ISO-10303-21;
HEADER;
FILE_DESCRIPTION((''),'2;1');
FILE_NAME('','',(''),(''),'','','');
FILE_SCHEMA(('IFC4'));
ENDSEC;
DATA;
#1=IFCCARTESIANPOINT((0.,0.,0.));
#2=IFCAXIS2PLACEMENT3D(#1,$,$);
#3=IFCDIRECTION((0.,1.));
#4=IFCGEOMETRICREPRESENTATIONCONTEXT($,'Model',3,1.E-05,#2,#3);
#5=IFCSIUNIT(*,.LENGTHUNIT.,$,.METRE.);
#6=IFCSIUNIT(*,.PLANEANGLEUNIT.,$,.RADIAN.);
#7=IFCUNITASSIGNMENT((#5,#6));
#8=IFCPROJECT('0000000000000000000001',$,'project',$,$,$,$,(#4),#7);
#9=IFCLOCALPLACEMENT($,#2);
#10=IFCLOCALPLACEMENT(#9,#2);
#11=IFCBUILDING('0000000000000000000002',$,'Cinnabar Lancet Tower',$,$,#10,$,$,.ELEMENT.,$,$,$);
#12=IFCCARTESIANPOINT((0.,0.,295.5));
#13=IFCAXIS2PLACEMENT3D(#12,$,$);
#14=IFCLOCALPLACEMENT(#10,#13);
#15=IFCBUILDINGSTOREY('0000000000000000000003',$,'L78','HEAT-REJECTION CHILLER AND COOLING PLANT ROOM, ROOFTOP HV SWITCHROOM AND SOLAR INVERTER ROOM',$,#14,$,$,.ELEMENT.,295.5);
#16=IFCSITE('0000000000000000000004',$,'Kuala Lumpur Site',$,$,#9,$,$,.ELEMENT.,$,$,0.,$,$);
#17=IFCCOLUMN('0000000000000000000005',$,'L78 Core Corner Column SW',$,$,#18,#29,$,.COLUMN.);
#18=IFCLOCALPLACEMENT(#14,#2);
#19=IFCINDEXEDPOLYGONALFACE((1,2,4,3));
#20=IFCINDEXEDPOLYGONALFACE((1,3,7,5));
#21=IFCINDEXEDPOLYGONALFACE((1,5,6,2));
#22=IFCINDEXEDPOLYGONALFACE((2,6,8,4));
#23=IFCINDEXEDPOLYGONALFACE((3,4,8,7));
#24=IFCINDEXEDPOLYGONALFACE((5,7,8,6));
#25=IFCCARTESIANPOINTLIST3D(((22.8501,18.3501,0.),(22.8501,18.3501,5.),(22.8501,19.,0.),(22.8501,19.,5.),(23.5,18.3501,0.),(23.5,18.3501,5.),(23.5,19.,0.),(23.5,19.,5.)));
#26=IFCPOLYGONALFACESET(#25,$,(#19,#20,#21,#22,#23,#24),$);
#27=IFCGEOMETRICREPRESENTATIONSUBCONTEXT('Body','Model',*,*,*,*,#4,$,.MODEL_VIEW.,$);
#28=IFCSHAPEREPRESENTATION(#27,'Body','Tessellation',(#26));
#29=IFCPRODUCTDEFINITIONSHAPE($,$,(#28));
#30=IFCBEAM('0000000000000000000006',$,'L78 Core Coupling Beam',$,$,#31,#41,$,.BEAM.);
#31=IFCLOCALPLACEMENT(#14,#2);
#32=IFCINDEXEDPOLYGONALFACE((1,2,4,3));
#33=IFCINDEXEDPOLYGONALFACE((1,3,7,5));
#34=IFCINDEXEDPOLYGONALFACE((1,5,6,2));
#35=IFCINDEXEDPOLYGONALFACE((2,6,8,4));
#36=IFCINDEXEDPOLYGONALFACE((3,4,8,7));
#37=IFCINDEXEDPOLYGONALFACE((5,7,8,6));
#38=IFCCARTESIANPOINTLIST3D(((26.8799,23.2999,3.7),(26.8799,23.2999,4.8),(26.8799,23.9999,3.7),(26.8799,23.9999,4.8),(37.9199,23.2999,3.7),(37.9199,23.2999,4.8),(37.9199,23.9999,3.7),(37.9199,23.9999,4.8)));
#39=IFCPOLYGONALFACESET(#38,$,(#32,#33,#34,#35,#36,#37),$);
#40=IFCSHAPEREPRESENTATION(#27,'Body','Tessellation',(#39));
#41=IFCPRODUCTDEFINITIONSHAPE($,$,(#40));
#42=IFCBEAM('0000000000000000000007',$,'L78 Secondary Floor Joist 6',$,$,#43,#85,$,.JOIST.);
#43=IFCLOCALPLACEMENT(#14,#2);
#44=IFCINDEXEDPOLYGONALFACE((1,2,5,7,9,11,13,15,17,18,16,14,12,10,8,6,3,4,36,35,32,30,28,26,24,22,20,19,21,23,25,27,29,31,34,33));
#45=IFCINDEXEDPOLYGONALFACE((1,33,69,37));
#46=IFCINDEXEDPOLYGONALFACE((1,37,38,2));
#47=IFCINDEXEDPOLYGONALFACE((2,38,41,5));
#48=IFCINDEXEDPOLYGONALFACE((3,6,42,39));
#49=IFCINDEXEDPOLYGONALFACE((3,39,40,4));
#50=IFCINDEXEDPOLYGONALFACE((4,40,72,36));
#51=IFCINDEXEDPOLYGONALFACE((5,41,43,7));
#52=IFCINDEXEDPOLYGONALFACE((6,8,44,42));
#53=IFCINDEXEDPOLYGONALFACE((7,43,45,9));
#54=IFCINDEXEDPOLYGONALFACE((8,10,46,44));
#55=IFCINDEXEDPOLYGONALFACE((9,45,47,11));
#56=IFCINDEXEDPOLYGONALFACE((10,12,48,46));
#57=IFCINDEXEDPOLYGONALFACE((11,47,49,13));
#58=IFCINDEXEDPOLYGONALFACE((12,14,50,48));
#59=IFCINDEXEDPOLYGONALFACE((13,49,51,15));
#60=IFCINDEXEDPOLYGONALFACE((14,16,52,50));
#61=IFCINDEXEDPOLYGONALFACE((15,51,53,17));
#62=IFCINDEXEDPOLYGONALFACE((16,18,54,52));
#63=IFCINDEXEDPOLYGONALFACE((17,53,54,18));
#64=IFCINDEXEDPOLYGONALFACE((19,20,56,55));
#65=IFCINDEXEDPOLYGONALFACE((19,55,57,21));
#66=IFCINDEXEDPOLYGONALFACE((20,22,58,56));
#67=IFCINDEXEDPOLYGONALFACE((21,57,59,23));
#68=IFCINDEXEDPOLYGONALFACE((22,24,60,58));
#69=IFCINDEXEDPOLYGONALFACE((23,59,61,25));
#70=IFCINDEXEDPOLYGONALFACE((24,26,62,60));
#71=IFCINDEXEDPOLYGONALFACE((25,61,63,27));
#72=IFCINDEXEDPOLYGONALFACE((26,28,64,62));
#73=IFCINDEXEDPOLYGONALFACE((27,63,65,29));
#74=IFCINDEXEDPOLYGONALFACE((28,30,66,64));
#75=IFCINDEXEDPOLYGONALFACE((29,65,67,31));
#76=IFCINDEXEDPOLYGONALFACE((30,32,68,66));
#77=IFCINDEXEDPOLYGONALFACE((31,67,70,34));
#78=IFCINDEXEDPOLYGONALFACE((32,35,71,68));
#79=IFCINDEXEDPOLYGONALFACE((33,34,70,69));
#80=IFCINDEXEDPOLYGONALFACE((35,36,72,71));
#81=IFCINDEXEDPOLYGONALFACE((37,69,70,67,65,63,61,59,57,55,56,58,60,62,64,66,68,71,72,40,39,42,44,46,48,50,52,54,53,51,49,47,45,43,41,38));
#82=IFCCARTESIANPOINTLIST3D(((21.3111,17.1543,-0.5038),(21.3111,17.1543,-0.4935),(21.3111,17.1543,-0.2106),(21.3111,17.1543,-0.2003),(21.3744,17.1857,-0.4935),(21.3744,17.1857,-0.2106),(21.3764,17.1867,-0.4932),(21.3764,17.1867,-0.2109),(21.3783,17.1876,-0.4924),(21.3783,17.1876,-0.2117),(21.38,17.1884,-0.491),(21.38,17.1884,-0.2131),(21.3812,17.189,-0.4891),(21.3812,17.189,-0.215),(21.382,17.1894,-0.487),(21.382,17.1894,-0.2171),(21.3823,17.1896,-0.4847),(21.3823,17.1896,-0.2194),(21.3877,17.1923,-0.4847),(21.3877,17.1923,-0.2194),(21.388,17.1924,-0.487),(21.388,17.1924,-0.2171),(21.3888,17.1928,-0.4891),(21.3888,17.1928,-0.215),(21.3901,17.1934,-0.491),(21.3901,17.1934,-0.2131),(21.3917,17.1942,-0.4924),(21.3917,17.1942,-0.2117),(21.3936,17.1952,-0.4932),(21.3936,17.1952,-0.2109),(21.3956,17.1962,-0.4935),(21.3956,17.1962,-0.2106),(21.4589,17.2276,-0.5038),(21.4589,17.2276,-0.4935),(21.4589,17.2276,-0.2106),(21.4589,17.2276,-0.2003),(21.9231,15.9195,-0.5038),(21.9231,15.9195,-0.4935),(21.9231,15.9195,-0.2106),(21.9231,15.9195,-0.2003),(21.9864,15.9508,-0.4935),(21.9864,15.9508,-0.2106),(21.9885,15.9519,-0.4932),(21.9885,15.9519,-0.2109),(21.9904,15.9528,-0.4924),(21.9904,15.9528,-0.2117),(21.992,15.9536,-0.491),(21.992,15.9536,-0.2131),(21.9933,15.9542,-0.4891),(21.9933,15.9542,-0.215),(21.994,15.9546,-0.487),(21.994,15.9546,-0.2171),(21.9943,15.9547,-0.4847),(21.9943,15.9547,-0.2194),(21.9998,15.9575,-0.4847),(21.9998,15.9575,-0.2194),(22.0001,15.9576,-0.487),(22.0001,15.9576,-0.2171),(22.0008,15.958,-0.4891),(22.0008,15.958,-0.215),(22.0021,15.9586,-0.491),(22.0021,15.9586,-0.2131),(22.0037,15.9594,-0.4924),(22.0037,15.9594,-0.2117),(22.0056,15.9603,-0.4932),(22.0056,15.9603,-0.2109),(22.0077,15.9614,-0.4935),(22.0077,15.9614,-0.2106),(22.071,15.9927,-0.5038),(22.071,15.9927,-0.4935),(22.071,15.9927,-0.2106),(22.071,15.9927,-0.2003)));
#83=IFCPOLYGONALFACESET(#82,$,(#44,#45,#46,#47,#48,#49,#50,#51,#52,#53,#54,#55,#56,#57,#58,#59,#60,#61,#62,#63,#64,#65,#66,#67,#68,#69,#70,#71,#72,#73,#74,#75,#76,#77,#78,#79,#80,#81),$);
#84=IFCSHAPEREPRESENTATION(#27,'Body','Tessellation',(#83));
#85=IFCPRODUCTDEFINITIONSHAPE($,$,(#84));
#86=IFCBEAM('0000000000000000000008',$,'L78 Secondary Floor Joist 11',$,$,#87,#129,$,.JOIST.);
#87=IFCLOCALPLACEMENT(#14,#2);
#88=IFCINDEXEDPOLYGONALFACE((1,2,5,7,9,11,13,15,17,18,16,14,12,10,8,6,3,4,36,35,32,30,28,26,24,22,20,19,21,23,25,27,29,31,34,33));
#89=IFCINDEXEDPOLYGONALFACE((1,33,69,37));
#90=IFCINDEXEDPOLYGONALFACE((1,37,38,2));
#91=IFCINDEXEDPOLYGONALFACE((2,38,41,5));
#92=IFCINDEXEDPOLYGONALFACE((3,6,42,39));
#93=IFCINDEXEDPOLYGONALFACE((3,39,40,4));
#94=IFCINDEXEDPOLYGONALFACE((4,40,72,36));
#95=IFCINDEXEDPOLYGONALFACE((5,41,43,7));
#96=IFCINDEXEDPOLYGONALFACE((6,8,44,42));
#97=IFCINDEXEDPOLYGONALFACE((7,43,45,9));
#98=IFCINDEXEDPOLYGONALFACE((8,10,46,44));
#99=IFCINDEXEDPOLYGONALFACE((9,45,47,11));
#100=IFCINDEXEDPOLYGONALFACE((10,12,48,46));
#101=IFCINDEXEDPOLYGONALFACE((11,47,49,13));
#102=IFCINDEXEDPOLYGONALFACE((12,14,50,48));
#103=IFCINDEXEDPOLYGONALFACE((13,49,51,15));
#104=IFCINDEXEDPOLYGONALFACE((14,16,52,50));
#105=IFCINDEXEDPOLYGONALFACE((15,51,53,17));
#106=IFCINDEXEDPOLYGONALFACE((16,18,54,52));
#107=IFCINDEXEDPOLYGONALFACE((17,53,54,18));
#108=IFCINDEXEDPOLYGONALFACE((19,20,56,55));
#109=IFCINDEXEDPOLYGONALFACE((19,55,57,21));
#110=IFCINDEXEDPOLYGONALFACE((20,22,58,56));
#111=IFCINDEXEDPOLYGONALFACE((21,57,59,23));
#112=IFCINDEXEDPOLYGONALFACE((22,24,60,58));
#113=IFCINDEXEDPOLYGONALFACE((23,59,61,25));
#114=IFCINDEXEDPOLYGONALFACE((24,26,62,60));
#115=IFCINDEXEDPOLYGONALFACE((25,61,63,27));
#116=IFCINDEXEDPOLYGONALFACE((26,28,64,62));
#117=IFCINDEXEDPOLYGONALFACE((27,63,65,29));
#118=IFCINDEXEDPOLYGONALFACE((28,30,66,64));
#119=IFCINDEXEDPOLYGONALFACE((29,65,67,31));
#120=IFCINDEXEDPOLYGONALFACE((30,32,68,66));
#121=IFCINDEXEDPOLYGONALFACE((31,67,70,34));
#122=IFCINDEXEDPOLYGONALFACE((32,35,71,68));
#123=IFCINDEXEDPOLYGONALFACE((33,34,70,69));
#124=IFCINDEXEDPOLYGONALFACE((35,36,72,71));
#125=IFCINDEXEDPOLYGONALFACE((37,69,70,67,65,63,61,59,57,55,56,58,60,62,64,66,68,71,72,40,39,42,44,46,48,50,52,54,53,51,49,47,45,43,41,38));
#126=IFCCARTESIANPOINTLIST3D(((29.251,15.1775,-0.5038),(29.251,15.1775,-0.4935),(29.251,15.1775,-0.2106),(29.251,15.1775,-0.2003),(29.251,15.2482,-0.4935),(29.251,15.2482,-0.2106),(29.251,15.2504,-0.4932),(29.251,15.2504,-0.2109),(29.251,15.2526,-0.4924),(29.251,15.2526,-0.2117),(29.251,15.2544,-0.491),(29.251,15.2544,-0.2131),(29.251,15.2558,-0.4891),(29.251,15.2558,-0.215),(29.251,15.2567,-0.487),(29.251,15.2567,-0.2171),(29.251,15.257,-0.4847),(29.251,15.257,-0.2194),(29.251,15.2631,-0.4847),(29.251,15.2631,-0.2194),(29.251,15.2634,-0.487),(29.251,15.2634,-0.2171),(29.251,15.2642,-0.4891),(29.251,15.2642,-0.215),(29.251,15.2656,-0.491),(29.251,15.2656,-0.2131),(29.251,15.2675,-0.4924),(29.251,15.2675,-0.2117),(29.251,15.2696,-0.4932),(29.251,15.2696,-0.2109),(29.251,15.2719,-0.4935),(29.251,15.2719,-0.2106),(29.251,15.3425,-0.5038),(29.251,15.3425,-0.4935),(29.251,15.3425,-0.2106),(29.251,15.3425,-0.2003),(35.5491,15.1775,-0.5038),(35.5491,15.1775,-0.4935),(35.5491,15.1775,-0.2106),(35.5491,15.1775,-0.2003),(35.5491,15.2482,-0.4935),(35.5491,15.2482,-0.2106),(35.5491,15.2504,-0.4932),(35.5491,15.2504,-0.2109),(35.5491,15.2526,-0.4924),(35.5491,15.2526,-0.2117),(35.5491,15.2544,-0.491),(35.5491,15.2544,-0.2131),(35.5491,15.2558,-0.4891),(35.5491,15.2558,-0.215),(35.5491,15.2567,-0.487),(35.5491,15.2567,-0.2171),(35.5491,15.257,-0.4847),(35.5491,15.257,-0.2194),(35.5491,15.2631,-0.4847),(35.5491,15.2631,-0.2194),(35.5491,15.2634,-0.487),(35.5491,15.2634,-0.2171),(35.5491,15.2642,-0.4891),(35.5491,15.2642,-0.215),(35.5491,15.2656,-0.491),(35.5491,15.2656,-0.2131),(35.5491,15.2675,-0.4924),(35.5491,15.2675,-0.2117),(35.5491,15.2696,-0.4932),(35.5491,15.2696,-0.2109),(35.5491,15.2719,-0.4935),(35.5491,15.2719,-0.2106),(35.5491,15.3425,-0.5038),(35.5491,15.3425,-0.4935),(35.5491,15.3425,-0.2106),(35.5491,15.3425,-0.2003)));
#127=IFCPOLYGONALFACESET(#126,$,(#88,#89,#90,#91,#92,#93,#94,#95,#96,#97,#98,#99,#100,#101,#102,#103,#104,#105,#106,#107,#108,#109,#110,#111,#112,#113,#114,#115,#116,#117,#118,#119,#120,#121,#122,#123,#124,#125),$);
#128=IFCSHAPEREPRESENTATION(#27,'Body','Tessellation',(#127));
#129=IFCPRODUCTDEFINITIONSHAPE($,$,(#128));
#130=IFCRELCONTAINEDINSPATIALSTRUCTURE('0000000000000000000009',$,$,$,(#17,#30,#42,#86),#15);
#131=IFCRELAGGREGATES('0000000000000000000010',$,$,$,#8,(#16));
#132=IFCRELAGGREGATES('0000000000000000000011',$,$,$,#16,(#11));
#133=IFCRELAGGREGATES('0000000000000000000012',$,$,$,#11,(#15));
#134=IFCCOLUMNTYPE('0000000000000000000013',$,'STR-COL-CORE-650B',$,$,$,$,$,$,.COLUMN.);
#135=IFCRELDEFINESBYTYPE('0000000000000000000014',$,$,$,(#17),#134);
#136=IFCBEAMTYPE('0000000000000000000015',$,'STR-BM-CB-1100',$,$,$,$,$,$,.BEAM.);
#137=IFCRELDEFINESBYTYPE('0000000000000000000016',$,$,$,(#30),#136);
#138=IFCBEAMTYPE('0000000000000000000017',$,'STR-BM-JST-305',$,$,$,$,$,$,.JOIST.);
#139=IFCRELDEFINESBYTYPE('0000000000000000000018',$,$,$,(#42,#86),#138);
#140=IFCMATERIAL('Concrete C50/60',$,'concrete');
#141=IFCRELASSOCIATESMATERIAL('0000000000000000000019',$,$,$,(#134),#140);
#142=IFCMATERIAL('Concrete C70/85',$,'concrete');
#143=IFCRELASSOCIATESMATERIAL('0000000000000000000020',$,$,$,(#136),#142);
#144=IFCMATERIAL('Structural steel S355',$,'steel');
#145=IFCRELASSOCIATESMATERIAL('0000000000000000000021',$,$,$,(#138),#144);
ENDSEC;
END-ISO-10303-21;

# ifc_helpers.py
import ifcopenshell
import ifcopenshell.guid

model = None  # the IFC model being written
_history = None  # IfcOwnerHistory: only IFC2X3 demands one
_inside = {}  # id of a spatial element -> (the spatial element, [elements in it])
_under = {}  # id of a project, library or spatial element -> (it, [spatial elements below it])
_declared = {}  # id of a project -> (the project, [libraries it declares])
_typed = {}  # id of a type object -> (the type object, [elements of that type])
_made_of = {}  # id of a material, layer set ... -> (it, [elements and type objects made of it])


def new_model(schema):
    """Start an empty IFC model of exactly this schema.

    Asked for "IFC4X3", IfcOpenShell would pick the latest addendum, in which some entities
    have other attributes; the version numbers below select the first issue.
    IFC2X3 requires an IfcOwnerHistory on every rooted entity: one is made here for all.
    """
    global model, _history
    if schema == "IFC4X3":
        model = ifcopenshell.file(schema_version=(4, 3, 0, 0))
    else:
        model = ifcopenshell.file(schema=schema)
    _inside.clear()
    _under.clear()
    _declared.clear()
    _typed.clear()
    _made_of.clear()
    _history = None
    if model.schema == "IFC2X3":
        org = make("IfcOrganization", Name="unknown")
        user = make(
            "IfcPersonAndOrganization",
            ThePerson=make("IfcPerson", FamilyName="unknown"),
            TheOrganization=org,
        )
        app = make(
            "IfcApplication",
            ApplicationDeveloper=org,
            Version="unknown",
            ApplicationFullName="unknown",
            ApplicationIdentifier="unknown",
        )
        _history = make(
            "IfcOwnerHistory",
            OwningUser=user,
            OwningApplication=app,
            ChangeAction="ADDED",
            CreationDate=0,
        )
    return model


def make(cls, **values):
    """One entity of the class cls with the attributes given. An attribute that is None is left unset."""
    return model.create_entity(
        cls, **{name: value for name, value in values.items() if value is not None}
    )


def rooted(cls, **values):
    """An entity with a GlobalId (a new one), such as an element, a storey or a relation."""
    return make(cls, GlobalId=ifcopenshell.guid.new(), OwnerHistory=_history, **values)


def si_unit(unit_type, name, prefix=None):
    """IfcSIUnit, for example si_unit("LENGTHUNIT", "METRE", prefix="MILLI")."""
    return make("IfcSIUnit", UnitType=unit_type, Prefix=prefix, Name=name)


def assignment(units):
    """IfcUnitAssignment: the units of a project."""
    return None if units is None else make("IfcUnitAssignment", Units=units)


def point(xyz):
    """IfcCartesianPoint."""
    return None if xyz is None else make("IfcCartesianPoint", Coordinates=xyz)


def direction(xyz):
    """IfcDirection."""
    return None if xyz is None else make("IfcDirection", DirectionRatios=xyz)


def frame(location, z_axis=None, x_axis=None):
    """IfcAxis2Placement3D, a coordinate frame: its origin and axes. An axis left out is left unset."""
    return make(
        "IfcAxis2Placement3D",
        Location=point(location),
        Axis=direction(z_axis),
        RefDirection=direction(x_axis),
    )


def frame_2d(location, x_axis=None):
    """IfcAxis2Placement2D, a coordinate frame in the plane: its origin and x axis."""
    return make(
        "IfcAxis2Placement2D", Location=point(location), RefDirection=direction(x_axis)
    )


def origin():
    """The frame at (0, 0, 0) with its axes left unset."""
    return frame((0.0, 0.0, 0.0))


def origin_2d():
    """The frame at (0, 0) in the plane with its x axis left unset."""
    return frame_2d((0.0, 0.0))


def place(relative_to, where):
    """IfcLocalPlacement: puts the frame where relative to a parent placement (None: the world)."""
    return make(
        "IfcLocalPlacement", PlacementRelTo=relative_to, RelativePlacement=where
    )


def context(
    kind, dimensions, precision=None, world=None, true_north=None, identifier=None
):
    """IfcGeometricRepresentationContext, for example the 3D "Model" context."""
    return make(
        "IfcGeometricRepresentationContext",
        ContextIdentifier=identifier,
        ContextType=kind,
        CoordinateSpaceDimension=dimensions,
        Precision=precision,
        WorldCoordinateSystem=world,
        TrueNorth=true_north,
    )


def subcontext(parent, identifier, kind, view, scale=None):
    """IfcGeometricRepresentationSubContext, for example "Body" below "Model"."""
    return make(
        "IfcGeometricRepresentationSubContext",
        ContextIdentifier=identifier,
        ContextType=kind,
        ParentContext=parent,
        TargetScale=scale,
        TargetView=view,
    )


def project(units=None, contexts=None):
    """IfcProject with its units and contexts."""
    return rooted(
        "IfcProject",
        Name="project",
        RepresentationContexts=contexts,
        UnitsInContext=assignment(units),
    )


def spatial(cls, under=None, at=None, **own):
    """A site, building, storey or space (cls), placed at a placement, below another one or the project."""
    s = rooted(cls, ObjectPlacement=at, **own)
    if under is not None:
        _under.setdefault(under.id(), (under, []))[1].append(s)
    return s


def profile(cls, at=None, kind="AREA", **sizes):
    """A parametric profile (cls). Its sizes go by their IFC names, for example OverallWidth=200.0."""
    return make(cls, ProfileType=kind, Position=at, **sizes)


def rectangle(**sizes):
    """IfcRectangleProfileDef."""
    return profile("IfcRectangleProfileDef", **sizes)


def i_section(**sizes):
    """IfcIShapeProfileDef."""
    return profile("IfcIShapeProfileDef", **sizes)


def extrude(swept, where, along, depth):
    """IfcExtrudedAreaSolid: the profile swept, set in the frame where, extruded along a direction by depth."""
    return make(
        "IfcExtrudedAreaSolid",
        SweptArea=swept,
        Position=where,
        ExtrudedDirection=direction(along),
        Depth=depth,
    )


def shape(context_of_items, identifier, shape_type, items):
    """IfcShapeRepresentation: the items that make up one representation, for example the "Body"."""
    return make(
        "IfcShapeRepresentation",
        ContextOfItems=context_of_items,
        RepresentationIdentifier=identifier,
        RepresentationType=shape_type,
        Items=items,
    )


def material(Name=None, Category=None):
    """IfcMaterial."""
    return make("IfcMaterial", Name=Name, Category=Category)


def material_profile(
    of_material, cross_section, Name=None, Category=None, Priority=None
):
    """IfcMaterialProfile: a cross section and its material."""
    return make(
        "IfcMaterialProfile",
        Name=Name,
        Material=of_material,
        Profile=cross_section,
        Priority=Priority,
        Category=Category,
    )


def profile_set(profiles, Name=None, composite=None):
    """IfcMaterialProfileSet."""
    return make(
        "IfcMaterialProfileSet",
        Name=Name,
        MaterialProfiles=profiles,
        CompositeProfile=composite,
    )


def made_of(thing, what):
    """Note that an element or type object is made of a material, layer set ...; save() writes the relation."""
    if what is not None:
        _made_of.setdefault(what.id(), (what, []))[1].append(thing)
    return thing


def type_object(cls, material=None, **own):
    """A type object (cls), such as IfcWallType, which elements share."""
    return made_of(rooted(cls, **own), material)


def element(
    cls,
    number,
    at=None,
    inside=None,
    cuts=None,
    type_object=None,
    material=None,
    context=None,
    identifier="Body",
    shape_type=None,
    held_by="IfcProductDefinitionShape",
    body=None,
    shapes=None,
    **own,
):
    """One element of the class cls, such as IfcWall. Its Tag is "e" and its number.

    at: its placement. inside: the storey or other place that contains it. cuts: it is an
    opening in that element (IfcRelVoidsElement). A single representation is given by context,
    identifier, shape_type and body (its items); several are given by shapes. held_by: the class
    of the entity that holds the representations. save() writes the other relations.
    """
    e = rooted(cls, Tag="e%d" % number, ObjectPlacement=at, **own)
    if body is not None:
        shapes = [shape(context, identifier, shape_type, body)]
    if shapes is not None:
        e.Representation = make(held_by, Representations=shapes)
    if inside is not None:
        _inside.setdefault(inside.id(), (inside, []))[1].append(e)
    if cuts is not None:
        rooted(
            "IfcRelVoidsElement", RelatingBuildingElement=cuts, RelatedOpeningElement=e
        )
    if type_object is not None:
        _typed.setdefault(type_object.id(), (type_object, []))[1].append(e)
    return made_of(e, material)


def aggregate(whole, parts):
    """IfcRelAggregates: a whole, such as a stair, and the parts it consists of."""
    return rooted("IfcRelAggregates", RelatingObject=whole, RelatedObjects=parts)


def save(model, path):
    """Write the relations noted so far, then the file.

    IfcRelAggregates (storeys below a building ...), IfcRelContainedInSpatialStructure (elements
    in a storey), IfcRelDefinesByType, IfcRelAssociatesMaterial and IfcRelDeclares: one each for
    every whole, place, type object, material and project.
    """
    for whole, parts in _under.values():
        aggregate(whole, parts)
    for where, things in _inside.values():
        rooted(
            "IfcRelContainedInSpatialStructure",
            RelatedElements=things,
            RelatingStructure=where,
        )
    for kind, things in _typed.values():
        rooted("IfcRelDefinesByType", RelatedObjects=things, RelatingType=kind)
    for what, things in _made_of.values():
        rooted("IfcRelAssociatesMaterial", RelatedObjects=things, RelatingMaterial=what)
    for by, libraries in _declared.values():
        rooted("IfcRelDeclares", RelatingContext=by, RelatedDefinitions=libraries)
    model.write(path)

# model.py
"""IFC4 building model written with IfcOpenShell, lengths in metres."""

from ifc_helpers import new_model, si_unit, direction, frame, origin, origin_2d, place, context, subcontext, project, spatial, rectangle, i_section, extrude, material, material_profile, profile_set, type_object, element, save


model = new_model("IFC4")

# Units and contexts
model_context = context("Model", 3, precision=1e-05, world=origin(), true_north=direction((0.0, 1.0)))
body_context = subcontext(model_context, "Body", "Model", "MODEL_VIEW")
ifc_project = project(units=[si_unit("LENGTHUNIT", "METRE"), si_unit("PLANEANGLEUNIT", "RADIAN")], contexts=[model_context])

# Site, building, storey
site_placement = place(None, origin())
site = spatial("IfcSite", under=ifc_project, at=site_placement, Name="Kuala Lumpur Site", CompositionType="ELEMENT", RefElevation=0.0)
building_placement = place(site_placement, origin())
building = spatial("IfcBuilding", under=site, at=building_placement, Name="Cinnabar Lancet Tower", CompositionType="ELEMENT")
storey_placement = place(building_placement, frame((0.0, 0.0, 295.5)))
storey = spatial("IfcBuildingStorey", under=building, at=storey_placement, Name="L78", Description="HEAT-REJECTION CHILLER AND COOLING PLANT ROOM, ROOFTOP HV SWITCHROOM AND SOLAR INVERTER ROOM", CompositionType="ELEMENT", Elevation=295.5)

# Column
ifc_material_1 = material(Name="Concrete C50/60", Category="concrete")
ifc_material_profile_1 = material_profile(ifc_material_1, rectangle(XDim=0.6499, YDim=0.6499, at=origin_2d()), Name="RC-COL 650x650")
ifc_profile_set_1 = profile_set([ifc_material_profile_1], Name="Concrete C50/60")
column_type = type_object("IfcColumnType", Name="STR-COL-CORE-650B", PredefinedType="COLUMN", material=ifc_profile_set_1)
column_placement = place(storey_placement, frame((23.175, 18.675, 0.0), z_axis=(0.0, 0.0, 1.0), x_axis=(1.0, 0.0, 0.0)))
element("IfcColumn", 1, at=column_placement, inside=storey, type_object=column_type, Name="L78 Core Corner Column SW", PredefinedType="COLUMN", context=body_context, shape_type="SweptSolid", body=[
    extrude(rectangle(XDim=0.6499, YDim=0.6499, at=origin_2d()), origin(), (0.0, 0.0, 1.0), 5.0),
])

# Beams
ifc_material_2 = material(Name="Concrete C70/85", Category="concrete")
ifc_material_profile_2 = material_profile(ifc_material_2, rectangle(XDim=0.7, YDim=1.1001, at=origin_2d()), Name="RC-CB 700x1100")
ifc_profile_set_2 = profile_set([ifc_material_profile_2], Name="Concrete C70/85")
beam_type_1 = type_object("IfcBeamType", Name="STR-BM-CB-1100", PredefinedType="BEAM", material=ifc_profile_set_2)
beam_1_placement = place(storey_placement, frame((26.8799, 23.6499, 4.25), z_axis=(1.0, 0.0, 0.0), x_axis=(0.0, 1.0, 0.0)))
element("IfcBeam", 2, at=beam_1_placement, inside=storey, type_object=beam_type_1, Name="L78 Core Coupling Beam", PredefinedType="BEAM", context=body_context, shape_type="SweptSolid", body=[
    extrude(rectangle(XDim=0.7, YDim=1.1001, at=origin_2d()), origin(), (0.0, 0.0, 1.0), 11.04),
])
ifc_material_3 = material(Name="Structural steel S355", Category="steel")
ifc_material_profile_3 = material_profile(ifc_material_3, i_section(OverallWidth=0.165, OverallDepth=0.3035, WebThickness=0.0061, FlangeThickness=0.0103, FilletRadius=0.0088, at=origin_2d()), Name="UKB 305x165x40")
ifc_profile_set_3 = profile_set([ifc_material_profile_3], Name="Structural steel S355")
beam_type_2 = type_object("IfcBeamType", Name="STR-BM-JST-305", PredefinedType="JOIST", material=ifc_profile_set_3)
beam_2_placement = place(storey_placement, frame((21.385, 17.1909, -0.3521), z_axis=(0.444093, -0.895981, 0.0), x_axis=(0.895981, 0.444093, 0.0)))
element("IfcBeam", 3, at=beam_2_placement, inside=storey, type_object=beam_type_2, Name="L78 Secondary Floor Joist 6", PredefinedType="JOIST", context=body_context, shape_type="SweptSolid", body=[
    extrude(i_section(OverallWidth=0.165, OverallDepth=0.3035, WebThickness=0.0061, FlangeThickness=0.0103, FilletRadius=0.0088, at=origin_2d()), origin(), (0.0, 0.0, 1.0), 1.3782),
])
beam_3_placement = place(storey_placement, frame((29.251, 15.26, -0.3521), z_axis=(1.0, 0.0, 0.0), x_axis=(0.0, 1.0, 0.0)))
element("IfcBeam", 4, at=beam_3_placement, inside=storey, type_object=beam_type_2, Name="L78 Secondary Floor Joist 11", PredefinedType="JOIST", context=body_context, shape_type="SweptSolid", body=[
    extrude(i_section(OverallWidth=0.165, OverallDepth=0.3035, WebThickness=0.0061, FlangeThickness=0.0103, FilletRadius=0.0088, at=origin_2d()), origin(), (0.0, 0.0, 1.0), 6.2981),
])

save(model, "model.ifc")
